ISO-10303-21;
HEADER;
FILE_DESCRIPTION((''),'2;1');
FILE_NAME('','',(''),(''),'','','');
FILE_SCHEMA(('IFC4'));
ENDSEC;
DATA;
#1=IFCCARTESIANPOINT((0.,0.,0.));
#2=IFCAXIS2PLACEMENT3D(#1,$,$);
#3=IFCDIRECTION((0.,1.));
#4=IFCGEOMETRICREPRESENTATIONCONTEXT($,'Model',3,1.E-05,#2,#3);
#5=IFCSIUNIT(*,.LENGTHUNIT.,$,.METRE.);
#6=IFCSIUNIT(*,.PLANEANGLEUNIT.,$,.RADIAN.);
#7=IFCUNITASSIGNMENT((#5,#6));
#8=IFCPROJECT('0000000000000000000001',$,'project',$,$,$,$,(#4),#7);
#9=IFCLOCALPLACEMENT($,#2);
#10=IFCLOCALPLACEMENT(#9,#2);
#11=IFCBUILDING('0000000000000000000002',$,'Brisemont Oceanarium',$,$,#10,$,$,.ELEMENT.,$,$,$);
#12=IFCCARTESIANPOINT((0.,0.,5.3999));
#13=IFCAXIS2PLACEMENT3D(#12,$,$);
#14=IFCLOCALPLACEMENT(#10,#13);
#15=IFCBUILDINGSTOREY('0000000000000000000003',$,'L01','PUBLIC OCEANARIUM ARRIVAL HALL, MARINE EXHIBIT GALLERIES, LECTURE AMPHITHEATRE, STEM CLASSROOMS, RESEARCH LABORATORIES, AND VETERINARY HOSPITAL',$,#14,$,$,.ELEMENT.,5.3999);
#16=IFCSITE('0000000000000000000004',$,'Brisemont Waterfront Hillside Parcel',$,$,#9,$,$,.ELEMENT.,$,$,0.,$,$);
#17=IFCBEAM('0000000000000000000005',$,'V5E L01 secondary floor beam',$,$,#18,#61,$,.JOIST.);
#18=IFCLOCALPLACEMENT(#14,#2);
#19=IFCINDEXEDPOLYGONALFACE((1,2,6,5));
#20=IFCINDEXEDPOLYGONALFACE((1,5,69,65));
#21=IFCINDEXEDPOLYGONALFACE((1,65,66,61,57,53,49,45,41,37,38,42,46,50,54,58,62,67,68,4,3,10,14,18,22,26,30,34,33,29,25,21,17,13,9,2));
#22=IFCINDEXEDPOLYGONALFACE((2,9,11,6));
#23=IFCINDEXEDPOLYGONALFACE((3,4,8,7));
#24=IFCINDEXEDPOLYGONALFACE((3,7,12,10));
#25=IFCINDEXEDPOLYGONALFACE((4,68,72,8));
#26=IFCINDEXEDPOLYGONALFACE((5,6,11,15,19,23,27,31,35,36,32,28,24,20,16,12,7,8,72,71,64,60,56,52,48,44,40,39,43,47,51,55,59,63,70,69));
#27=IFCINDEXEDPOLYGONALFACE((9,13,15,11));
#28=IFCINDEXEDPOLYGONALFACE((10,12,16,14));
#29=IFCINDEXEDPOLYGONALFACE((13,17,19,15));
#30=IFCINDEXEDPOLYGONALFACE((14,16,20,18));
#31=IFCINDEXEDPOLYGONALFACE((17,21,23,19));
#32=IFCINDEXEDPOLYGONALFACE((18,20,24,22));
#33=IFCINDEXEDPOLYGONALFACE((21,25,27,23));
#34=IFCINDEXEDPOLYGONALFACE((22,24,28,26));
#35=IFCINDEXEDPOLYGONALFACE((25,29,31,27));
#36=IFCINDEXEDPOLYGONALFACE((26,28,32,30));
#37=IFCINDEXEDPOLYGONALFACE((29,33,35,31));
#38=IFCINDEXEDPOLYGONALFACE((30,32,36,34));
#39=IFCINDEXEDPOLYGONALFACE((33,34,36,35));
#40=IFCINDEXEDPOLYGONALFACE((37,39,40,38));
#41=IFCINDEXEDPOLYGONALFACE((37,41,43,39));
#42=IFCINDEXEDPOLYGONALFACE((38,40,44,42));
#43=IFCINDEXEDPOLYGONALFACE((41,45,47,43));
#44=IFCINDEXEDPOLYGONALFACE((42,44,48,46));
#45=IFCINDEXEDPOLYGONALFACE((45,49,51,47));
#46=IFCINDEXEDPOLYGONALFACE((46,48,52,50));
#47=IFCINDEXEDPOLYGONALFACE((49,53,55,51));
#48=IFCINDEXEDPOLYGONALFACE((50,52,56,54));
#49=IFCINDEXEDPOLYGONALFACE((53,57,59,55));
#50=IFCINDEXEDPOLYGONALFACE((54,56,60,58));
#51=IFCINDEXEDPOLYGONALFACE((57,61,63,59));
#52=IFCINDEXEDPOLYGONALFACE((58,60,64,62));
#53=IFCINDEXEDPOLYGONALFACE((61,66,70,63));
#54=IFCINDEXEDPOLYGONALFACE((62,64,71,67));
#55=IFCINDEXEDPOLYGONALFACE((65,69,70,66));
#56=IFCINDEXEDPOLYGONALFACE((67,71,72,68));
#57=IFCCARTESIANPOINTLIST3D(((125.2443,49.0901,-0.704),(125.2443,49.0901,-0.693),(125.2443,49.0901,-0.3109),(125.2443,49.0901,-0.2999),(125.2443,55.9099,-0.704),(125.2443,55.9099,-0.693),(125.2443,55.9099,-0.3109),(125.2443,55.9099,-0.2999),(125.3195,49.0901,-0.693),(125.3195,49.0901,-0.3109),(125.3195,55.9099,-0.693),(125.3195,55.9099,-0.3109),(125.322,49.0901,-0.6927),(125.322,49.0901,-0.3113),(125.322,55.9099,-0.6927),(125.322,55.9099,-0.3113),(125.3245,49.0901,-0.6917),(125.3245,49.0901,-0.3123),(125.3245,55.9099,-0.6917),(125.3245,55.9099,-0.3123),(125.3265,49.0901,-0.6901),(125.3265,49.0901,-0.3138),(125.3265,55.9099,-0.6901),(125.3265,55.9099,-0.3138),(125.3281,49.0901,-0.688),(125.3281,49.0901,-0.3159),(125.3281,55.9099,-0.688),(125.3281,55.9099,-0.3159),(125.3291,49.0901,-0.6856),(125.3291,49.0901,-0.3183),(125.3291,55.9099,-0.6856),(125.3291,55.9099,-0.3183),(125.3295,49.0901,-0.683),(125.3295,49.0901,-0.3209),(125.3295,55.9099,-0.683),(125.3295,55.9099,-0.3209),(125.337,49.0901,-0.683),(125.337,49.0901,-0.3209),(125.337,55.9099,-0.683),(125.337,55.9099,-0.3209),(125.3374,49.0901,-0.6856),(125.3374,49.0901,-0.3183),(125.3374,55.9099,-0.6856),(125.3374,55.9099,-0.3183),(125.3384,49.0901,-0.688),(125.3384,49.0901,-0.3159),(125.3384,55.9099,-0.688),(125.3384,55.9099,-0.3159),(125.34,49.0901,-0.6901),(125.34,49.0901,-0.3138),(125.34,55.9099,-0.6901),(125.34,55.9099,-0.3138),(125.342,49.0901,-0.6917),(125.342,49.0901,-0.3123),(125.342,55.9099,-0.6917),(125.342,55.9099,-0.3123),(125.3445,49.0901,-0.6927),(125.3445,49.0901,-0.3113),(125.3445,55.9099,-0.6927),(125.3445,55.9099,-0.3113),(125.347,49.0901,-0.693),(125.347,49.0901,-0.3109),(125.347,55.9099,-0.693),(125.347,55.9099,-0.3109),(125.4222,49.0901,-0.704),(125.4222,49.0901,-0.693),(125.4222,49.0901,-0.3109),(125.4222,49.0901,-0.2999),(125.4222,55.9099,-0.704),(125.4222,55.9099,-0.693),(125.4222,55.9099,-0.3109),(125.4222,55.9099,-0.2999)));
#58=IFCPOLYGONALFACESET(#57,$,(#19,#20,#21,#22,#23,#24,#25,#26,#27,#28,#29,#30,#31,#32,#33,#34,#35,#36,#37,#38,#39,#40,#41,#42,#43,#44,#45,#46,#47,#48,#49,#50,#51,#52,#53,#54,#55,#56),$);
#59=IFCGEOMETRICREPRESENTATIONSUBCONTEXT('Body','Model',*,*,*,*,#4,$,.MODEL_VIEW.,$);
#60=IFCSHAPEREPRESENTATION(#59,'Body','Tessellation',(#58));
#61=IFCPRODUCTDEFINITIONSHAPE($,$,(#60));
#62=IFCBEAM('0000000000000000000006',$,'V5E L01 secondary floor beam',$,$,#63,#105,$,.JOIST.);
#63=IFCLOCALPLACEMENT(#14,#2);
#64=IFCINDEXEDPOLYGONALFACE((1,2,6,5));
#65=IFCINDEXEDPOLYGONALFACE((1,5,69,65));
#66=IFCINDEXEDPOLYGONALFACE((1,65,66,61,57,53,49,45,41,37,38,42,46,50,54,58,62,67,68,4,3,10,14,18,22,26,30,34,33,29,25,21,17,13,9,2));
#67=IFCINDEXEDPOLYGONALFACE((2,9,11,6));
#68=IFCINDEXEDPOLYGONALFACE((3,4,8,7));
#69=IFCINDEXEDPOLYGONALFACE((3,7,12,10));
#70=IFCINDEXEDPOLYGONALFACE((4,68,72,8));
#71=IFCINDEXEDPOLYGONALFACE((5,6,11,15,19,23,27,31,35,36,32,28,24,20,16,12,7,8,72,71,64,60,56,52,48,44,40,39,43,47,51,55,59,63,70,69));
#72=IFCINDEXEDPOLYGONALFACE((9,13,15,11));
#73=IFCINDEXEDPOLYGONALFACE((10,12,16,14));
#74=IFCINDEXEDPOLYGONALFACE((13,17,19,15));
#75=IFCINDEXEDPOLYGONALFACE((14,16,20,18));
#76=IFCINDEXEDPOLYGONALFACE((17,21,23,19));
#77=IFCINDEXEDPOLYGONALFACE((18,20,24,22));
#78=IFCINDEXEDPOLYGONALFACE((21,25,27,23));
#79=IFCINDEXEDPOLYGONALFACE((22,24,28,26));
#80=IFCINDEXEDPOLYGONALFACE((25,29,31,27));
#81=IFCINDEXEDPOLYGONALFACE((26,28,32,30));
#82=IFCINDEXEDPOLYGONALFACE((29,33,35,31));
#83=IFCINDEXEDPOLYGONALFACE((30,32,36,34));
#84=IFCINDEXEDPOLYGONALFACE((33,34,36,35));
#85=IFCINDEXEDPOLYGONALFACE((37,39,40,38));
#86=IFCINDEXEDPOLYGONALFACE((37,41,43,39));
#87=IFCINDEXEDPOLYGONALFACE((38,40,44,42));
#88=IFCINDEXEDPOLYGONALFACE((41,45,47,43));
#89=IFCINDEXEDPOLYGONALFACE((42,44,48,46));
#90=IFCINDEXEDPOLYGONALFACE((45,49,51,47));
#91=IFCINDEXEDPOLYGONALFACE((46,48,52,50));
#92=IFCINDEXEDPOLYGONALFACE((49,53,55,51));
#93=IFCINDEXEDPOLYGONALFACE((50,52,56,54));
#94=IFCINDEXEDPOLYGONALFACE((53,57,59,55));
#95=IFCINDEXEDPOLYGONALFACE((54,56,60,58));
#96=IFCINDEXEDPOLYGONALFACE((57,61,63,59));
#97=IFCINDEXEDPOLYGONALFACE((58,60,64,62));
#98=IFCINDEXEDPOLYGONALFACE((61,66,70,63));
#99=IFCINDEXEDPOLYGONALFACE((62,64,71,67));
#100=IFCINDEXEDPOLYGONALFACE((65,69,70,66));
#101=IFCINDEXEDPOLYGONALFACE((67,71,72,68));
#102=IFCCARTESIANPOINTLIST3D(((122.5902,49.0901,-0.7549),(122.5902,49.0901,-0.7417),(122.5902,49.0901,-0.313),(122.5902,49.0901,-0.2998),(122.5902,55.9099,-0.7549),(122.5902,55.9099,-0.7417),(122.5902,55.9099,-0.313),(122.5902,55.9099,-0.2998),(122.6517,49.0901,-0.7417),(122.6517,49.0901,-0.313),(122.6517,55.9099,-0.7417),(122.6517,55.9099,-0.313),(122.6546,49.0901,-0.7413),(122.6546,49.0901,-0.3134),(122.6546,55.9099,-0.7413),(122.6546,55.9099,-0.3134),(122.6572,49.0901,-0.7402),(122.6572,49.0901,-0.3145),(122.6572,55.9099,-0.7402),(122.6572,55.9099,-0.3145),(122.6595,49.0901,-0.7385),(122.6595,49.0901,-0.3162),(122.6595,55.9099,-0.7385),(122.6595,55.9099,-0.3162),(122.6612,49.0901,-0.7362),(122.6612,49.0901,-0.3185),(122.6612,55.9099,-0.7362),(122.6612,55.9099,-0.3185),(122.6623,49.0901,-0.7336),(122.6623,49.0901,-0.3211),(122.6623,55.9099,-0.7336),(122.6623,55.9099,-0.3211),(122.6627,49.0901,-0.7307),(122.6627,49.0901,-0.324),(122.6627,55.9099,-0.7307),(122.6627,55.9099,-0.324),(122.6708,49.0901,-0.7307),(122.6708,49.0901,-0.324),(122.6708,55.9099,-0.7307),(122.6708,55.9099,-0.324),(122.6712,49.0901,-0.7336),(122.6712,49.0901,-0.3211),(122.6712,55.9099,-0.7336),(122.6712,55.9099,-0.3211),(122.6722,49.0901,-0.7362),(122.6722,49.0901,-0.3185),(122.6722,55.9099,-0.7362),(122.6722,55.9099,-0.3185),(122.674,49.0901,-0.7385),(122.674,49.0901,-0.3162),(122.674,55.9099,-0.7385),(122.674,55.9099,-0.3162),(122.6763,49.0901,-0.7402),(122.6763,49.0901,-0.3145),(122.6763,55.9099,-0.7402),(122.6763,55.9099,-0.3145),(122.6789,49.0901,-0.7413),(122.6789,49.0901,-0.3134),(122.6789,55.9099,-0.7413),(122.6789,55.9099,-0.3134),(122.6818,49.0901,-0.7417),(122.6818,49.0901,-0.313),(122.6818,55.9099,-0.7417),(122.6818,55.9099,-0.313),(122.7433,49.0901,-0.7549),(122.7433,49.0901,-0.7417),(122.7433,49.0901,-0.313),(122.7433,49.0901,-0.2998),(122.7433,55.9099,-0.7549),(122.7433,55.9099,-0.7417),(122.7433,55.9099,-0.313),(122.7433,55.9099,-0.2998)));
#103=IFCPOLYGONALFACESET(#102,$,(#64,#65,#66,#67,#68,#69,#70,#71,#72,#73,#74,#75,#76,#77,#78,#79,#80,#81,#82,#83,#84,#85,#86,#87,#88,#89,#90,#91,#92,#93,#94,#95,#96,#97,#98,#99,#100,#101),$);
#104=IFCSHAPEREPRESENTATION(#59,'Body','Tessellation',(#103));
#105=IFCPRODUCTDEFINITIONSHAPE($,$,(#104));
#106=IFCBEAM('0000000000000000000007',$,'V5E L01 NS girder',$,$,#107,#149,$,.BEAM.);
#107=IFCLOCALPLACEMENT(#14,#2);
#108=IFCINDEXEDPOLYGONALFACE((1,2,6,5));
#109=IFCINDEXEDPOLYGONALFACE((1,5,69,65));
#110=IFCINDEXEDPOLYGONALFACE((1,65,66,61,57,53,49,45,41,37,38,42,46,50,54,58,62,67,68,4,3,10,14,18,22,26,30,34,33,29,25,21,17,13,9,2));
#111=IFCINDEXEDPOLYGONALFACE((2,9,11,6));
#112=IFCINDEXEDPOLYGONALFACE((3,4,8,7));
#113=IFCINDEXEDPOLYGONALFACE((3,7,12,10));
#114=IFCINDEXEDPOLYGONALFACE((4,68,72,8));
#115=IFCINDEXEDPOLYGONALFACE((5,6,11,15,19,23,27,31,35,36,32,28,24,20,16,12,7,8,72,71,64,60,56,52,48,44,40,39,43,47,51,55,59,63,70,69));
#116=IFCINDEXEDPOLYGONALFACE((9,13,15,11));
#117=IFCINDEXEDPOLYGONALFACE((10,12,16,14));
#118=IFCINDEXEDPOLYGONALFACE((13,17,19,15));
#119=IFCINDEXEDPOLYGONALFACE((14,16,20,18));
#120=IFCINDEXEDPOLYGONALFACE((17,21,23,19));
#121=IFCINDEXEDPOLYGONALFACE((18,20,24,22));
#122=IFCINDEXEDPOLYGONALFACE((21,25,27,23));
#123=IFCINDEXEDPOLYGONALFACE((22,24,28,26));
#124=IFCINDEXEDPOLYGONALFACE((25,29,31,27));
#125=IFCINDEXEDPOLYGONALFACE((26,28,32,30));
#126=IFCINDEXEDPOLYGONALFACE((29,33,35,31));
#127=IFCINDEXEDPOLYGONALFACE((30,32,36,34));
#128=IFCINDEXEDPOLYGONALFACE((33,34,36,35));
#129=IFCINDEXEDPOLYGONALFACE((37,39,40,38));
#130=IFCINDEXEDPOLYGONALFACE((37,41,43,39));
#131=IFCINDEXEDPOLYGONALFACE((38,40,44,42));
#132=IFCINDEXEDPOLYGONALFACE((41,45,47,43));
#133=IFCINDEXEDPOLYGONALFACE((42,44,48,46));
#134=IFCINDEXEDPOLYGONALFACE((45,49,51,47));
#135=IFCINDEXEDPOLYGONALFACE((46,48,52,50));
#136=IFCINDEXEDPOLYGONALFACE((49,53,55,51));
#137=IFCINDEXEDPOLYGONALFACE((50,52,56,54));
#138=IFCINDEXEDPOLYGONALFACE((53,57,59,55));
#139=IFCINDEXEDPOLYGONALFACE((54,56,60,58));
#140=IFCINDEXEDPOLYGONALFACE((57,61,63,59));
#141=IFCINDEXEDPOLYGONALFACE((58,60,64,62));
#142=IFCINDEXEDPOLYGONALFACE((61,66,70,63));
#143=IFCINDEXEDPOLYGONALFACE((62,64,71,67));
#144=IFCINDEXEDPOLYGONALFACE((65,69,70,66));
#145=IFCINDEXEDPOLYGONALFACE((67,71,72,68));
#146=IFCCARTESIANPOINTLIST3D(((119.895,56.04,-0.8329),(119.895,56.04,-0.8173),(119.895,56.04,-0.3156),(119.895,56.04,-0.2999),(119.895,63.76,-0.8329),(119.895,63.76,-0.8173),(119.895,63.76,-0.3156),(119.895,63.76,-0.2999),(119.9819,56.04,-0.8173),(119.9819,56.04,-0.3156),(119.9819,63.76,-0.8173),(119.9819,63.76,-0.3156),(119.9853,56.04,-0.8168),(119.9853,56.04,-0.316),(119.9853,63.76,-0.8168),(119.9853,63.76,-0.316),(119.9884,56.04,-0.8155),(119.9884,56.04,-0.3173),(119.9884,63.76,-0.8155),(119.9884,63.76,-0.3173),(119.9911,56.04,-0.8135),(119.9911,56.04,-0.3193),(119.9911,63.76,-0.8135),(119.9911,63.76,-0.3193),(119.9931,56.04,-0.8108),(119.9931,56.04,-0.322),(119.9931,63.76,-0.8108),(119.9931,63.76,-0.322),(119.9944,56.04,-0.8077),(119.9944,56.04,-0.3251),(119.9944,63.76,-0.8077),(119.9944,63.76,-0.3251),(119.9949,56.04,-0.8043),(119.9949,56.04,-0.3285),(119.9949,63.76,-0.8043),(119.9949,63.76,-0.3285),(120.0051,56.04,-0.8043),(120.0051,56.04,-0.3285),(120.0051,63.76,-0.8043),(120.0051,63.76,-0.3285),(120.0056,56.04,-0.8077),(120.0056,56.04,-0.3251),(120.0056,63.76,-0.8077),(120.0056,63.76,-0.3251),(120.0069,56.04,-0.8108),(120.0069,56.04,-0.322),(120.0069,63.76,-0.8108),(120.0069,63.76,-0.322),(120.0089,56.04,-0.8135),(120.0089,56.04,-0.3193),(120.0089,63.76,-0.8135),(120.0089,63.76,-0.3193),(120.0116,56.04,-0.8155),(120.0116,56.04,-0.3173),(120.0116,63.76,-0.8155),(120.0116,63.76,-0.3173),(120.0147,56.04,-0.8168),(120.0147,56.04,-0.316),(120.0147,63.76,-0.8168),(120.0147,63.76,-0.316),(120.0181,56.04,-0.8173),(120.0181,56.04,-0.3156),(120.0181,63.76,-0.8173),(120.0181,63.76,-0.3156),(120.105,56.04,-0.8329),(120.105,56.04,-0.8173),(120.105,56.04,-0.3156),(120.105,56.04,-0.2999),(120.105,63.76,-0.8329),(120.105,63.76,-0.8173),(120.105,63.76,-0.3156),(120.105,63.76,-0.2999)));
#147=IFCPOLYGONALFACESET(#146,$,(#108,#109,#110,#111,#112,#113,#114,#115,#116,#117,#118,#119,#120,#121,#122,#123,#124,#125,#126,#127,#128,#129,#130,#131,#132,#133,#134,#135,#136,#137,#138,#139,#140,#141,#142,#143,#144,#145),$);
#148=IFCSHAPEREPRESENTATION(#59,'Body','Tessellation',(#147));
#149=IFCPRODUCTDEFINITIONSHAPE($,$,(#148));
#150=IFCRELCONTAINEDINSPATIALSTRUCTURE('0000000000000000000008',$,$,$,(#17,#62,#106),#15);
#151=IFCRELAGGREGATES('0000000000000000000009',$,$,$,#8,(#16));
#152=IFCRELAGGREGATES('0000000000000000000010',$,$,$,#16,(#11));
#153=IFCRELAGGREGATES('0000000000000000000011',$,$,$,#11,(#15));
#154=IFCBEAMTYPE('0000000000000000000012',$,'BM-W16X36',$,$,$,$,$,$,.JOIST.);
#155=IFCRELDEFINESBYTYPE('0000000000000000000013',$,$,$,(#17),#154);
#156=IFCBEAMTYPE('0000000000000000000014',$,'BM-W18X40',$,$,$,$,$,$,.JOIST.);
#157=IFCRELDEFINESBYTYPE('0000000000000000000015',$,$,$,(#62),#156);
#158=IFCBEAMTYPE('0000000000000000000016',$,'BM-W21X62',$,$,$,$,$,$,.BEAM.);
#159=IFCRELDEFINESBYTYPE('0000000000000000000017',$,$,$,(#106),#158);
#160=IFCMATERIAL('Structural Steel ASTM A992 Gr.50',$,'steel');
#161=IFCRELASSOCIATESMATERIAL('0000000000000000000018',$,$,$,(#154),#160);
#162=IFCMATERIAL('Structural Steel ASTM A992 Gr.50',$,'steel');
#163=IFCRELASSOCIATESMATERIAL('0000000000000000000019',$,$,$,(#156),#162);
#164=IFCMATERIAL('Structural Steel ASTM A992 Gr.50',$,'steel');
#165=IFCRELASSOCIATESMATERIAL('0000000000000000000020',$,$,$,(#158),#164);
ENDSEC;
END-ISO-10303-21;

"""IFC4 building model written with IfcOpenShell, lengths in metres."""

from ifc_helpers import new_model, si_unit, direction, frame, origin, origin_2d, place, context, subcontext, project, spatial, i_section, extrude, material, material_profile, profile_set, type_object, element, save


model = new_model("IFC4")

# Units and contexts
model_context = context("Model", 3, precision=1e-05, world=origin(), true_north=direction((0.0, 1.0)))
body_context = subcontext(model_context, "Body", "Model", "MODEL_VIEW")
ifc_project = project(units=[si_unit("LENGTHUNIT", "METRE"), si_unit("PLANEANGLEUNIT", "RADIAN")], contexts=[model_context])

# Site, building, storey
site_placement = place(None, origin())
site = spatial("IfcSite", under=ifc_project, at=site_placement, Name="Brisemont Waterfront Hillside Parcel", CompositionType="ELEMENT", RefElevation=0.0)
building_placement = place(site_placement, origin())
building = spatial("IfcBuilding", under=site, at=building_placement, Name="Brisemont Oceanarium", CompositionType="ELEMENT")
storey_placement = place(building_placement, frame((0.0, 0.0, 5.3999)))
storey = spatial("IfcBuildingStorey", under=building, at=storey_placement, Name="L01", Description="PUBLIC OCEANARIUM ARRIVAL HALL, MARINE EXHIBIT GALLERIES, LECTURE AMPHITHEATRE, STEM CLASSROOMS, RESEARCH LABORATORIES, AND VETERINARY HOSPITAL", CompositionType="ELEMENT", Elevation=5.3999)

# Beams
ifc_material_1 = material(Name="Structural Steel ASTM A992 Gr.50", Category="steel")
ifc_material_profile_1 = material_profile(ifc_material_1, i_section(OverallWidth=0.178, OverallDepth=0.4041, WebThickness=0.0076, FlangeThickness=0.011, FilletRadius=0.01, at=origin_2d()), Name="W16X36")
ifc_profile_set_1 = profile_set([ifc_material_profile_1], Name="Structural Steel ASTM A992 Gr.50")
beam_type_1 = type_object("IfcBeamType", Name="BM-W16X36", PredefinedType="JOIST", material=ifc_profile_set_1)
beam_1_placement = place(storey_placement, frame((125.3333, 49.0901, -0.502), z_axis=(0.0, 1.0, 0.0), x_axis=(-1.0, 0.0, 0.0)))
element("IfcBeam", 1, at=beam_1_placement, inside=storey, type_object=beam_type_1, Name="V5E L01 secondary floor beam", PredefinedType="JOIST", context=body_context, shape_type="SweptSolid", body=[
    extrude(i_section(OverallWidth=0.178, OverallDepth=0.4041, WebThickness=0.0076, FlangeThickness=0.011, FilletRadius=0.01, at=origin_2d()), origin(), (0.0, 0.0, 1.0), 6.8198),
])
ifc_material_2 = material(Name="Structural Steel ASTM A992 Gr.50", Category="steel")
ifc_material_profile_2 = material_profile(ifc_material_2, i_section(OverallWidth=0.1531, OverallDepth=0.4551, WebThickness=0.0081, FlangeThickness=0.0132, FilletRadius=0.011, at=origin_2d()), Name="W18X40")
ifc_profile_set_2 = profile_set([ifc_material_profile_2], Name="Structural Steel ASTM A992 Gr.50")
beam_type_2 = type_object("IfcBeamType", Name="BM-W18X40", PredefinedType="JOIST", material=ifc_profile_set_2)
beam_2_placement = place(storey_placement, frame((122.6667, 49.0901, -0.5273), z_axis=(0.0, 1.0, 0.0), x_axis=(-1.0, 0.0, 0.0)))
element("IfcBeam", 2, at=beam_2_placement, inside=storey, type_object=beam_type_2, Name="V5E L01 secondary floor beam", PredefinedType="JOIST", context=body_context, shape_type="SweptSolid", body=[
    extrude(i_section(OverallWidth=0.1531, OverallDepth=0.4551, WebThickness=0.0081, FlangeThickness=0.0132, FilletRadius=0.011, at=origin_2d()), origin(), (0.0, 0.0, 1.0), 6.8198),
])
ifc_material_3 = material(Name="Structural Steel ASTM A992 Gr.50", Category="steel")
ifc_material_profile_3 = material_profile(ifc_material_3, i_section(OverallWidth=0.21, OverallDepth=0.533, WebThickness=0.0103, FlangeThickness=0.0156, FilletRadius=0.0129, at=origin_2d()), Name="W21X62")
ifc_profile_set_3 = profile_set([ifc_material_profile_3], Name="Structural Steel ASTM A992 Gr.50")
beam_type_3 = type_object("IfcBeamType", Name="BM-W21X62", PredefinedType="BEAM", material=ifc_profile_set_3)
beam_3_placement = place(storey_placement, frame((120.0, 56.04, -0.5664), z_axis=(0.0, 1.0, 0.0), x_axis=(-1.0, 0.0, 0.0)))
element("IfcBeam", 3, at=beam_3_placement, inside=storey, type_object=beam_type_3, Name="V5E L01 NS girder", PredefinedType="BEAM", context=body_context, shape_type="SweptSolid", body=[
    extrude(i_section(OverallWidth=0.21, OverallDepth=0.533, WebThickness=0.0103, FlangeThickness=0.0156, FilletRadius=0.0129, at=origin_2d()), origin(), (0.0, 0.0, 1.0), 7.72),
])

save(model, "model.ifc")
